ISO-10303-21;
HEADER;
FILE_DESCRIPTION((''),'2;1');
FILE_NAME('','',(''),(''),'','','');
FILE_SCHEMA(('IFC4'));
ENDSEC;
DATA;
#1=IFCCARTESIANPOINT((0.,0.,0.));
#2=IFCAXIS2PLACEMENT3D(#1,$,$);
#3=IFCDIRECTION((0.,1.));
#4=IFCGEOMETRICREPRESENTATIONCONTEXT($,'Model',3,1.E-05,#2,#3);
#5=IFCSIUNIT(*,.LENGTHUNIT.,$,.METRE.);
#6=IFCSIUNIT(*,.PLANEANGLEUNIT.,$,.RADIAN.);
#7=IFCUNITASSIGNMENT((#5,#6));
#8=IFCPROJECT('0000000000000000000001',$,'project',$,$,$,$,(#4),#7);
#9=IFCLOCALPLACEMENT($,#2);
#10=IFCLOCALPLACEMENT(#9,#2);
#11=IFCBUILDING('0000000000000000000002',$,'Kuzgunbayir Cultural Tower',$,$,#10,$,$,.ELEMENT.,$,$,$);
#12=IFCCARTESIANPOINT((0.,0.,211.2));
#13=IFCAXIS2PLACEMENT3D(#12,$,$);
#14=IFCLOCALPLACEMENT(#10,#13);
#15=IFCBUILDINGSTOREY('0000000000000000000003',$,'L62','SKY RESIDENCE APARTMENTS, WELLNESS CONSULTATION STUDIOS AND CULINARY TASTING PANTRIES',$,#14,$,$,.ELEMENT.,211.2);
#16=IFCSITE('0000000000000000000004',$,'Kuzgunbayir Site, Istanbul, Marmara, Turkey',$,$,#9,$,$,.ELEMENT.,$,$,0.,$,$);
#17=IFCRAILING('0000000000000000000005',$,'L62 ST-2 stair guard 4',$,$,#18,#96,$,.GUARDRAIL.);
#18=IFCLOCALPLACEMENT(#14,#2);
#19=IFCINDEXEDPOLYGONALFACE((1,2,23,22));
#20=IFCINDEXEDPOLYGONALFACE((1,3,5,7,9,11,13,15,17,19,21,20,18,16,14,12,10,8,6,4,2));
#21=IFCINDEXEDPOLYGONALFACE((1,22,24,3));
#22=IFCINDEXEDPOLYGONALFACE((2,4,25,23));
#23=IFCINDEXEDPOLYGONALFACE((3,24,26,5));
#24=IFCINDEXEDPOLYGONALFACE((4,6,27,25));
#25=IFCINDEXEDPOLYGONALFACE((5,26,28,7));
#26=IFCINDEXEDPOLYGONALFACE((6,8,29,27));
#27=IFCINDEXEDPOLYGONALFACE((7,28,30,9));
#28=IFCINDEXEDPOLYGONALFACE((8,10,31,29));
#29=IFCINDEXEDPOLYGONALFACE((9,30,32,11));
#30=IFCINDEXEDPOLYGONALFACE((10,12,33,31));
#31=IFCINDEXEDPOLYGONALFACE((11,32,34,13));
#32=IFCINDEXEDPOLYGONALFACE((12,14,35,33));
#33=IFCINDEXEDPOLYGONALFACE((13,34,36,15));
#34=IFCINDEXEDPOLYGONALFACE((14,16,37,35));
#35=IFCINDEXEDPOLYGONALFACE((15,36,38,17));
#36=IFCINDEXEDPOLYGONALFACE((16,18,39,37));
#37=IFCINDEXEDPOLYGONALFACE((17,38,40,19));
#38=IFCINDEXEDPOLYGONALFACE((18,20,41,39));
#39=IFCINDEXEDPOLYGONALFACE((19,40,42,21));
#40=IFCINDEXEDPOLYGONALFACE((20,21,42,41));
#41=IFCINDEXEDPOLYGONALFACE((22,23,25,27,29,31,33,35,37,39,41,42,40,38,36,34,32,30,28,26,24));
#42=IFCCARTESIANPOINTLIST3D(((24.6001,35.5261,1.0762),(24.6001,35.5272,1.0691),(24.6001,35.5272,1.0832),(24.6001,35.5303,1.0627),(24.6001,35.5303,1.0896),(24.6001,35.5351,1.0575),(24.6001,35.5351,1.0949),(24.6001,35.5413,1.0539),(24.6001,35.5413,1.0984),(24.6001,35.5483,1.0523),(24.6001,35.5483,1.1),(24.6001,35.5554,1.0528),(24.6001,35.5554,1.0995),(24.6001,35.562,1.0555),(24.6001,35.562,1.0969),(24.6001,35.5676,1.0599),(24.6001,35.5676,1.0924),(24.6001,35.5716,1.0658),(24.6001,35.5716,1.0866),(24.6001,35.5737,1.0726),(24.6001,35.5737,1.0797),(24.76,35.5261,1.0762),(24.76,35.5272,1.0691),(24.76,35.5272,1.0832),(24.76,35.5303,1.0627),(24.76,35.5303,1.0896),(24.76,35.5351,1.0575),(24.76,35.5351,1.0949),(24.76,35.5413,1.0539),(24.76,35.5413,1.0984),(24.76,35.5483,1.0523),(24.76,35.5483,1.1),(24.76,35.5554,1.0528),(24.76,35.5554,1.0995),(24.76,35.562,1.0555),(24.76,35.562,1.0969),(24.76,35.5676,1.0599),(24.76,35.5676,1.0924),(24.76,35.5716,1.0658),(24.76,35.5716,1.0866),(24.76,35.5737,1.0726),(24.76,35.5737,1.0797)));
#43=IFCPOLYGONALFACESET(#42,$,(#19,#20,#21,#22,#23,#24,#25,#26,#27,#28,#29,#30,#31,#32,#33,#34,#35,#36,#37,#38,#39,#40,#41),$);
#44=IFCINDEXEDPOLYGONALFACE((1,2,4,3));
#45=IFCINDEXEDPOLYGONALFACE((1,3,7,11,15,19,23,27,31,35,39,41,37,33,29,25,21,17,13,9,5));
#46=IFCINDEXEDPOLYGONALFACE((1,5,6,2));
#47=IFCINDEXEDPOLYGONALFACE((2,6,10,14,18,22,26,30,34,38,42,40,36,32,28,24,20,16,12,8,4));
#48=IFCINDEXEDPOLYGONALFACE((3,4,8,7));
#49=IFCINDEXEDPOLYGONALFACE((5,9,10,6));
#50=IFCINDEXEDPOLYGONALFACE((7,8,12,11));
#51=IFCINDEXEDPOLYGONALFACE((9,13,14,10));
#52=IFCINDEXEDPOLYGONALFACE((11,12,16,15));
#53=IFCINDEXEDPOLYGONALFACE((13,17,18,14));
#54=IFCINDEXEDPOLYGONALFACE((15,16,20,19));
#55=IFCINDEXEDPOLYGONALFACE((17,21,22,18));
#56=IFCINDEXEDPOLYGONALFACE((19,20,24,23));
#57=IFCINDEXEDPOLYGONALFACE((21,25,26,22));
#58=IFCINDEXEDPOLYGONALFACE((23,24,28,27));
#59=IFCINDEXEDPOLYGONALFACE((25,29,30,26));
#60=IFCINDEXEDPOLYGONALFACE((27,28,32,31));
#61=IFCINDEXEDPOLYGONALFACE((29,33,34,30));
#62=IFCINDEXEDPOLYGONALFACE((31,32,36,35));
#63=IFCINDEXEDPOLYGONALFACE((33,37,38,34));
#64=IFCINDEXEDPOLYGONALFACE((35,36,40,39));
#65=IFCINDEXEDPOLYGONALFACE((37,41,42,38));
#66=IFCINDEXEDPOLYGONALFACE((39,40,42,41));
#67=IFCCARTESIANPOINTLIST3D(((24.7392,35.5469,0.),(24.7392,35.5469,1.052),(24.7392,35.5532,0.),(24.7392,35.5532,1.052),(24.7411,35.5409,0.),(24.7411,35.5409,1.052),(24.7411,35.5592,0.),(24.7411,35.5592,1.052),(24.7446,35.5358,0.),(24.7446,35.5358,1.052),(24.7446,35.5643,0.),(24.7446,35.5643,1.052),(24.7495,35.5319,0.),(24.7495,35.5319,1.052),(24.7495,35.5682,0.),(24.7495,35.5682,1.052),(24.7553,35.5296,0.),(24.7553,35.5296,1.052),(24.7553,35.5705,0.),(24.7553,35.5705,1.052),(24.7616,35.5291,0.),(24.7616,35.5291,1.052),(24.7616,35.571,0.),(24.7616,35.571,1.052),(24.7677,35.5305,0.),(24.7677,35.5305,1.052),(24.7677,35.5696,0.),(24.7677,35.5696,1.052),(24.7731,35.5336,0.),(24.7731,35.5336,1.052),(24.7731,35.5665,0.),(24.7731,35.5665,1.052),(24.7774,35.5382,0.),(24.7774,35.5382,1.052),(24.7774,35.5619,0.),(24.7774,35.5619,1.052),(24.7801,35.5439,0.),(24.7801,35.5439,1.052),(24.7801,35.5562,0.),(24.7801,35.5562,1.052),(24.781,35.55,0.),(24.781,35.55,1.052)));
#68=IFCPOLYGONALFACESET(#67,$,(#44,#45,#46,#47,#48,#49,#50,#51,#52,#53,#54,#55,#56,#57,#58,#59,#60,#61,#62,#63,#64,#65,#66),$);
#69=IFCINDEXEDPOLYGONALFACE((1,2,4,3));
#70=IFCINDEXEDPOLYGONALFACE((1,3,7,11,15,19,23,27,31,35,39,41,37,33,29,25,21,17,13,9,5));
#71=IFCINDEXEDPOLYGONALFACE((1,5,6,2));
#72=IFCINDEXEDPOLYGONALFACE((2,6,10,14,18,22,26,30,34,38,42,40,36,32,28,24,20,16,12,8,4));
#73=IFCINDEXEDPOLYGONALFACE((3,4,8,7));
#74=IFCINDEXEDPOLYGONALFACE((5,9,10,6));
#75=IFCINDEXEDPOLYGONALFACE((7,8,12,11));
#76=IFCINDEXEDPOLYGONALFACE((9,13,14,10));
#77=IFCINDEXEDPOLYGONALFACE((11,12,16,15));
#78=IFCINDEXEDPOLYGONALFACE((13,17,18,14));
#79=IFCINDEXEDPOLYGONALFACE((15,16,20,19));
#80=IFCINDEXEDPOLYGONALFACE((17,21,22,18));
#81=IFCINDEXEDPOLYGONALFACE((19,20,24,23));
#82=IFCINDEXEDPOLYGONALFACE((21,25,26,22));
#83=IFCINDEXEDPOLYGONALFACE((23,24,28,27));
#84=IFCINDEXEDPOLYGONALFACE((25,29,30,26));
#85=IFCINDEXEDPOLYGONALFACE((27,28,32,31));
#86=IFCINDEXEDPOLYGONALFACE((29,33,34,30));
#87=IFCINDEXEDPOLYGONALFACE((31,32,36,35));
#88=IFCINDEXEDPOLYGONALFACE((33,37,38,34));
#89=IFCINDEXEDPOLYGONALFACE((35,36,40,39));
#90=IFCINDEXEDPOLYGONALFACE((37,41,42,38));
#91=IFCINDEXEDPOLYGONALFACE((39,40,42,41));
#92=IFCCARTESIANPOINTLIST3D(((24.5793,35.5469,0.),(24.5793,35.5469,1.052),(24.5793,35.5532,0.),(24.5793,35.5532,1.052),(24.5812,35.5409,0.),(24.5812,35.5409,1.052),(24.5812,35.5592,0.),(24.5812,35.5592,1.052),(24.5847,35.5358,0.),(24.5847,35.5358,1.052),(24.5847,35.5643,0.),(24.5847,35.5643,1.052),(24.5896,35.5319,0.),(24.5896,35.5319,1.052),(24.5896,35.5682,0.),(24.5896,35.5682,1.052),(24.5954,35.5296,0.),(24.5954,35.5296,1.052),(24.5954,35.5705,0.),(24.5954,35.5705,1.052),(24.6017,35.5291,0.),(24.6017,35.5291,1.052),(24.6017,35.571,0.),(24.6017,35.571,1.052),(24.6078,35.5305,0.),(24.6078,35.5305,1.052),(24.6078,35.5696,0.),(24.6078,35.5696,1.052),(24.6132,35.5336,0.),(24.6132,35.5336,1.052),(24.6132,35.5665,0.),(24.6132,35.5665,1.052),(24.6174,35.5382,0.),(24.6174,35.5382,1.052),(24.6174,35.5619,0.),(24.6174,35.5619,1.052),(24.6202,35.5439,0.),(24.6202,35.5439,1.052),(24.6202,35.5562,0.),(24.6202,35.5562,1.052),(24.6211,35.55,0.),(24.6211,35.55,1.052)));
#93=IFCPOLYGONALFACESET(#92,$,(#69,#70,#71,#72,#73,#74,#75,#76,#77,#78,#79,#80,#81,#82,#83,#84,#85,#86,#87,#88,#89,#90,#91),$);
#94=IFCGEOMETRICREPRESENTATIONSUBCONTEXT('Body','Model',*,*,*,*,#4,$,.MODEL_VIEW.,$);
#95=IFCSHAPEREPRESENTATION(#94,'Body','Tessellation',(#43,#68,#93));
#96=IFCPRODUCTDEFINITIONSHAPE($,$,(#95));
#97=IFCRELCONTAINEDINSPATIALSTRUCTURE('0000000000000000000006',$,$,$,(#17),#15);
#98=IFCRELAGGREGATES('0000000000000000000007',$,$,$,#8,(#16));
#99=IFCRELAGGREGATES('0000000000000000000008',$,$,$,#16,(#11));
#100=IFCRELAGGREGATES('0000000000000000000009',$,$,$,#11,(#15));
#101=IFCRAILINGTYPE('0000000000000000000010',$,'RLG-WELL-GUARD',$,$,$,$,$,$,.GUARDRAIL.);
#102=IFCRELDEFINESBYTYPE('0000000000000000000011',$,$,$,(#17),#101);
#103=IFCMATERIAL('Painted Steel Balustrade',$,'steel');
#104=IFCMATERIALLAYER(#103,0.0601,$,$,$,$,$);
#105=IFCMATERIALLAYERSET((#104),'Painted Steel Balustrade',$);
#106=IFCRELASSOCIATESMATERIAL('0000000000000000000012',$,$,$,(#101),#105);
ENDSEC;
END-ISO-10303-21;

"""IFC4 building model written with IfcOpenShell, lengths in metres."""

from ifc_helpers import new_model, si_unit, direction, frame, origin, origin_2d, place, context, subcontext, project, spatial, circle, extrude, material, layer, layer_set, type_object, element, save


model = new_model("IFC4")

# Units and contexts
model_context = context("Model", 3, precision=1e-05, world=origin(), true_north=direction((0.0, 1.0)))
body_context = subcontext(model_context, "Body", "Model", "MODEL_VIEW")
ifc_project = project(units=[si_unit("LENGTHUNIT", "METRE"), si_unit("PLANEANGLEUNIT", "RADIAN")], contexts=[model_context])

# Site, building, storey
site_placement = place(None, origin())
site = spatial("IfcSite", under=ifc_project, at=site_placement, Name="Kuzgunbayir Site, Istanbul, Marmara, Turkey", CompositionType="ELEMENT", RefElevation=0.0)
building_placement = place(site_placement, origin())
building = spatial("IfcBuilding", under=site, at=building_placement, Name="Kuzgunbayir Cultural Tower", CompositionType="ELEMENT")
storey_placement = place(building_placement, frame((0.0, 0.0, 211.2)))
storey = spatial("IfcBuildingStorey", under=building, at=storey_placement, Name="L62", Description="SKY RESIDENCE APARTMENTS, WELLNESS CONSULTATION STUDIOS AND CULINARY TASTING PANTRIES", CompositionType="ELEMENT", Elevation=211.2)

# Railing
ifc_material_1 = material(Name="Painted Steel Balustrade", Category="steel")
ifc_layer_1 = layer(ifc_material_1, 0.0601)
ifc_layer_set_1 = layer_set([ifc_layer_1], Name="Painted Steel Balustrade")
railing_type_1 = type_object("IfcRailingType", Name="RLG-WELL-GUARD", PredefinedType="GUARDRAIL", material=ifc_layer_set_1)
railing_1_placement = place(storey_placement, frame((24.76, 35.55, 0.0)))
element("IfcRailing", 1, at=railing_1_placement, inside=storey, type_object=railing_type_1, Name="L62 ST-2 stair guard 4", PredefinedType="GUARDRAIL", context=body_context, shape_type="SweptSolid", body=[
    extrude(circle(Radius=0.0239, at=origin_2d()), frame((0.0, 0.0, 1.0762), z_axis=(-1.0, 0.0, 0.0), x_axis=(0.0, -1.0, 0.0)), (0.0, 0.0, 1.0), 0.1599),
    extrude(circle(Radius=0.021, at=origin_2d()), origin(), (0.0, 0.0, 1.0), 1.052),
    extrude(circle(Radius=0.021, at=origin_2d()), frame((-0.1599, 0.0, 0.0)), (0.0, 0.0, 1.0), 1.052),
])

save(model, "model.ifc")
